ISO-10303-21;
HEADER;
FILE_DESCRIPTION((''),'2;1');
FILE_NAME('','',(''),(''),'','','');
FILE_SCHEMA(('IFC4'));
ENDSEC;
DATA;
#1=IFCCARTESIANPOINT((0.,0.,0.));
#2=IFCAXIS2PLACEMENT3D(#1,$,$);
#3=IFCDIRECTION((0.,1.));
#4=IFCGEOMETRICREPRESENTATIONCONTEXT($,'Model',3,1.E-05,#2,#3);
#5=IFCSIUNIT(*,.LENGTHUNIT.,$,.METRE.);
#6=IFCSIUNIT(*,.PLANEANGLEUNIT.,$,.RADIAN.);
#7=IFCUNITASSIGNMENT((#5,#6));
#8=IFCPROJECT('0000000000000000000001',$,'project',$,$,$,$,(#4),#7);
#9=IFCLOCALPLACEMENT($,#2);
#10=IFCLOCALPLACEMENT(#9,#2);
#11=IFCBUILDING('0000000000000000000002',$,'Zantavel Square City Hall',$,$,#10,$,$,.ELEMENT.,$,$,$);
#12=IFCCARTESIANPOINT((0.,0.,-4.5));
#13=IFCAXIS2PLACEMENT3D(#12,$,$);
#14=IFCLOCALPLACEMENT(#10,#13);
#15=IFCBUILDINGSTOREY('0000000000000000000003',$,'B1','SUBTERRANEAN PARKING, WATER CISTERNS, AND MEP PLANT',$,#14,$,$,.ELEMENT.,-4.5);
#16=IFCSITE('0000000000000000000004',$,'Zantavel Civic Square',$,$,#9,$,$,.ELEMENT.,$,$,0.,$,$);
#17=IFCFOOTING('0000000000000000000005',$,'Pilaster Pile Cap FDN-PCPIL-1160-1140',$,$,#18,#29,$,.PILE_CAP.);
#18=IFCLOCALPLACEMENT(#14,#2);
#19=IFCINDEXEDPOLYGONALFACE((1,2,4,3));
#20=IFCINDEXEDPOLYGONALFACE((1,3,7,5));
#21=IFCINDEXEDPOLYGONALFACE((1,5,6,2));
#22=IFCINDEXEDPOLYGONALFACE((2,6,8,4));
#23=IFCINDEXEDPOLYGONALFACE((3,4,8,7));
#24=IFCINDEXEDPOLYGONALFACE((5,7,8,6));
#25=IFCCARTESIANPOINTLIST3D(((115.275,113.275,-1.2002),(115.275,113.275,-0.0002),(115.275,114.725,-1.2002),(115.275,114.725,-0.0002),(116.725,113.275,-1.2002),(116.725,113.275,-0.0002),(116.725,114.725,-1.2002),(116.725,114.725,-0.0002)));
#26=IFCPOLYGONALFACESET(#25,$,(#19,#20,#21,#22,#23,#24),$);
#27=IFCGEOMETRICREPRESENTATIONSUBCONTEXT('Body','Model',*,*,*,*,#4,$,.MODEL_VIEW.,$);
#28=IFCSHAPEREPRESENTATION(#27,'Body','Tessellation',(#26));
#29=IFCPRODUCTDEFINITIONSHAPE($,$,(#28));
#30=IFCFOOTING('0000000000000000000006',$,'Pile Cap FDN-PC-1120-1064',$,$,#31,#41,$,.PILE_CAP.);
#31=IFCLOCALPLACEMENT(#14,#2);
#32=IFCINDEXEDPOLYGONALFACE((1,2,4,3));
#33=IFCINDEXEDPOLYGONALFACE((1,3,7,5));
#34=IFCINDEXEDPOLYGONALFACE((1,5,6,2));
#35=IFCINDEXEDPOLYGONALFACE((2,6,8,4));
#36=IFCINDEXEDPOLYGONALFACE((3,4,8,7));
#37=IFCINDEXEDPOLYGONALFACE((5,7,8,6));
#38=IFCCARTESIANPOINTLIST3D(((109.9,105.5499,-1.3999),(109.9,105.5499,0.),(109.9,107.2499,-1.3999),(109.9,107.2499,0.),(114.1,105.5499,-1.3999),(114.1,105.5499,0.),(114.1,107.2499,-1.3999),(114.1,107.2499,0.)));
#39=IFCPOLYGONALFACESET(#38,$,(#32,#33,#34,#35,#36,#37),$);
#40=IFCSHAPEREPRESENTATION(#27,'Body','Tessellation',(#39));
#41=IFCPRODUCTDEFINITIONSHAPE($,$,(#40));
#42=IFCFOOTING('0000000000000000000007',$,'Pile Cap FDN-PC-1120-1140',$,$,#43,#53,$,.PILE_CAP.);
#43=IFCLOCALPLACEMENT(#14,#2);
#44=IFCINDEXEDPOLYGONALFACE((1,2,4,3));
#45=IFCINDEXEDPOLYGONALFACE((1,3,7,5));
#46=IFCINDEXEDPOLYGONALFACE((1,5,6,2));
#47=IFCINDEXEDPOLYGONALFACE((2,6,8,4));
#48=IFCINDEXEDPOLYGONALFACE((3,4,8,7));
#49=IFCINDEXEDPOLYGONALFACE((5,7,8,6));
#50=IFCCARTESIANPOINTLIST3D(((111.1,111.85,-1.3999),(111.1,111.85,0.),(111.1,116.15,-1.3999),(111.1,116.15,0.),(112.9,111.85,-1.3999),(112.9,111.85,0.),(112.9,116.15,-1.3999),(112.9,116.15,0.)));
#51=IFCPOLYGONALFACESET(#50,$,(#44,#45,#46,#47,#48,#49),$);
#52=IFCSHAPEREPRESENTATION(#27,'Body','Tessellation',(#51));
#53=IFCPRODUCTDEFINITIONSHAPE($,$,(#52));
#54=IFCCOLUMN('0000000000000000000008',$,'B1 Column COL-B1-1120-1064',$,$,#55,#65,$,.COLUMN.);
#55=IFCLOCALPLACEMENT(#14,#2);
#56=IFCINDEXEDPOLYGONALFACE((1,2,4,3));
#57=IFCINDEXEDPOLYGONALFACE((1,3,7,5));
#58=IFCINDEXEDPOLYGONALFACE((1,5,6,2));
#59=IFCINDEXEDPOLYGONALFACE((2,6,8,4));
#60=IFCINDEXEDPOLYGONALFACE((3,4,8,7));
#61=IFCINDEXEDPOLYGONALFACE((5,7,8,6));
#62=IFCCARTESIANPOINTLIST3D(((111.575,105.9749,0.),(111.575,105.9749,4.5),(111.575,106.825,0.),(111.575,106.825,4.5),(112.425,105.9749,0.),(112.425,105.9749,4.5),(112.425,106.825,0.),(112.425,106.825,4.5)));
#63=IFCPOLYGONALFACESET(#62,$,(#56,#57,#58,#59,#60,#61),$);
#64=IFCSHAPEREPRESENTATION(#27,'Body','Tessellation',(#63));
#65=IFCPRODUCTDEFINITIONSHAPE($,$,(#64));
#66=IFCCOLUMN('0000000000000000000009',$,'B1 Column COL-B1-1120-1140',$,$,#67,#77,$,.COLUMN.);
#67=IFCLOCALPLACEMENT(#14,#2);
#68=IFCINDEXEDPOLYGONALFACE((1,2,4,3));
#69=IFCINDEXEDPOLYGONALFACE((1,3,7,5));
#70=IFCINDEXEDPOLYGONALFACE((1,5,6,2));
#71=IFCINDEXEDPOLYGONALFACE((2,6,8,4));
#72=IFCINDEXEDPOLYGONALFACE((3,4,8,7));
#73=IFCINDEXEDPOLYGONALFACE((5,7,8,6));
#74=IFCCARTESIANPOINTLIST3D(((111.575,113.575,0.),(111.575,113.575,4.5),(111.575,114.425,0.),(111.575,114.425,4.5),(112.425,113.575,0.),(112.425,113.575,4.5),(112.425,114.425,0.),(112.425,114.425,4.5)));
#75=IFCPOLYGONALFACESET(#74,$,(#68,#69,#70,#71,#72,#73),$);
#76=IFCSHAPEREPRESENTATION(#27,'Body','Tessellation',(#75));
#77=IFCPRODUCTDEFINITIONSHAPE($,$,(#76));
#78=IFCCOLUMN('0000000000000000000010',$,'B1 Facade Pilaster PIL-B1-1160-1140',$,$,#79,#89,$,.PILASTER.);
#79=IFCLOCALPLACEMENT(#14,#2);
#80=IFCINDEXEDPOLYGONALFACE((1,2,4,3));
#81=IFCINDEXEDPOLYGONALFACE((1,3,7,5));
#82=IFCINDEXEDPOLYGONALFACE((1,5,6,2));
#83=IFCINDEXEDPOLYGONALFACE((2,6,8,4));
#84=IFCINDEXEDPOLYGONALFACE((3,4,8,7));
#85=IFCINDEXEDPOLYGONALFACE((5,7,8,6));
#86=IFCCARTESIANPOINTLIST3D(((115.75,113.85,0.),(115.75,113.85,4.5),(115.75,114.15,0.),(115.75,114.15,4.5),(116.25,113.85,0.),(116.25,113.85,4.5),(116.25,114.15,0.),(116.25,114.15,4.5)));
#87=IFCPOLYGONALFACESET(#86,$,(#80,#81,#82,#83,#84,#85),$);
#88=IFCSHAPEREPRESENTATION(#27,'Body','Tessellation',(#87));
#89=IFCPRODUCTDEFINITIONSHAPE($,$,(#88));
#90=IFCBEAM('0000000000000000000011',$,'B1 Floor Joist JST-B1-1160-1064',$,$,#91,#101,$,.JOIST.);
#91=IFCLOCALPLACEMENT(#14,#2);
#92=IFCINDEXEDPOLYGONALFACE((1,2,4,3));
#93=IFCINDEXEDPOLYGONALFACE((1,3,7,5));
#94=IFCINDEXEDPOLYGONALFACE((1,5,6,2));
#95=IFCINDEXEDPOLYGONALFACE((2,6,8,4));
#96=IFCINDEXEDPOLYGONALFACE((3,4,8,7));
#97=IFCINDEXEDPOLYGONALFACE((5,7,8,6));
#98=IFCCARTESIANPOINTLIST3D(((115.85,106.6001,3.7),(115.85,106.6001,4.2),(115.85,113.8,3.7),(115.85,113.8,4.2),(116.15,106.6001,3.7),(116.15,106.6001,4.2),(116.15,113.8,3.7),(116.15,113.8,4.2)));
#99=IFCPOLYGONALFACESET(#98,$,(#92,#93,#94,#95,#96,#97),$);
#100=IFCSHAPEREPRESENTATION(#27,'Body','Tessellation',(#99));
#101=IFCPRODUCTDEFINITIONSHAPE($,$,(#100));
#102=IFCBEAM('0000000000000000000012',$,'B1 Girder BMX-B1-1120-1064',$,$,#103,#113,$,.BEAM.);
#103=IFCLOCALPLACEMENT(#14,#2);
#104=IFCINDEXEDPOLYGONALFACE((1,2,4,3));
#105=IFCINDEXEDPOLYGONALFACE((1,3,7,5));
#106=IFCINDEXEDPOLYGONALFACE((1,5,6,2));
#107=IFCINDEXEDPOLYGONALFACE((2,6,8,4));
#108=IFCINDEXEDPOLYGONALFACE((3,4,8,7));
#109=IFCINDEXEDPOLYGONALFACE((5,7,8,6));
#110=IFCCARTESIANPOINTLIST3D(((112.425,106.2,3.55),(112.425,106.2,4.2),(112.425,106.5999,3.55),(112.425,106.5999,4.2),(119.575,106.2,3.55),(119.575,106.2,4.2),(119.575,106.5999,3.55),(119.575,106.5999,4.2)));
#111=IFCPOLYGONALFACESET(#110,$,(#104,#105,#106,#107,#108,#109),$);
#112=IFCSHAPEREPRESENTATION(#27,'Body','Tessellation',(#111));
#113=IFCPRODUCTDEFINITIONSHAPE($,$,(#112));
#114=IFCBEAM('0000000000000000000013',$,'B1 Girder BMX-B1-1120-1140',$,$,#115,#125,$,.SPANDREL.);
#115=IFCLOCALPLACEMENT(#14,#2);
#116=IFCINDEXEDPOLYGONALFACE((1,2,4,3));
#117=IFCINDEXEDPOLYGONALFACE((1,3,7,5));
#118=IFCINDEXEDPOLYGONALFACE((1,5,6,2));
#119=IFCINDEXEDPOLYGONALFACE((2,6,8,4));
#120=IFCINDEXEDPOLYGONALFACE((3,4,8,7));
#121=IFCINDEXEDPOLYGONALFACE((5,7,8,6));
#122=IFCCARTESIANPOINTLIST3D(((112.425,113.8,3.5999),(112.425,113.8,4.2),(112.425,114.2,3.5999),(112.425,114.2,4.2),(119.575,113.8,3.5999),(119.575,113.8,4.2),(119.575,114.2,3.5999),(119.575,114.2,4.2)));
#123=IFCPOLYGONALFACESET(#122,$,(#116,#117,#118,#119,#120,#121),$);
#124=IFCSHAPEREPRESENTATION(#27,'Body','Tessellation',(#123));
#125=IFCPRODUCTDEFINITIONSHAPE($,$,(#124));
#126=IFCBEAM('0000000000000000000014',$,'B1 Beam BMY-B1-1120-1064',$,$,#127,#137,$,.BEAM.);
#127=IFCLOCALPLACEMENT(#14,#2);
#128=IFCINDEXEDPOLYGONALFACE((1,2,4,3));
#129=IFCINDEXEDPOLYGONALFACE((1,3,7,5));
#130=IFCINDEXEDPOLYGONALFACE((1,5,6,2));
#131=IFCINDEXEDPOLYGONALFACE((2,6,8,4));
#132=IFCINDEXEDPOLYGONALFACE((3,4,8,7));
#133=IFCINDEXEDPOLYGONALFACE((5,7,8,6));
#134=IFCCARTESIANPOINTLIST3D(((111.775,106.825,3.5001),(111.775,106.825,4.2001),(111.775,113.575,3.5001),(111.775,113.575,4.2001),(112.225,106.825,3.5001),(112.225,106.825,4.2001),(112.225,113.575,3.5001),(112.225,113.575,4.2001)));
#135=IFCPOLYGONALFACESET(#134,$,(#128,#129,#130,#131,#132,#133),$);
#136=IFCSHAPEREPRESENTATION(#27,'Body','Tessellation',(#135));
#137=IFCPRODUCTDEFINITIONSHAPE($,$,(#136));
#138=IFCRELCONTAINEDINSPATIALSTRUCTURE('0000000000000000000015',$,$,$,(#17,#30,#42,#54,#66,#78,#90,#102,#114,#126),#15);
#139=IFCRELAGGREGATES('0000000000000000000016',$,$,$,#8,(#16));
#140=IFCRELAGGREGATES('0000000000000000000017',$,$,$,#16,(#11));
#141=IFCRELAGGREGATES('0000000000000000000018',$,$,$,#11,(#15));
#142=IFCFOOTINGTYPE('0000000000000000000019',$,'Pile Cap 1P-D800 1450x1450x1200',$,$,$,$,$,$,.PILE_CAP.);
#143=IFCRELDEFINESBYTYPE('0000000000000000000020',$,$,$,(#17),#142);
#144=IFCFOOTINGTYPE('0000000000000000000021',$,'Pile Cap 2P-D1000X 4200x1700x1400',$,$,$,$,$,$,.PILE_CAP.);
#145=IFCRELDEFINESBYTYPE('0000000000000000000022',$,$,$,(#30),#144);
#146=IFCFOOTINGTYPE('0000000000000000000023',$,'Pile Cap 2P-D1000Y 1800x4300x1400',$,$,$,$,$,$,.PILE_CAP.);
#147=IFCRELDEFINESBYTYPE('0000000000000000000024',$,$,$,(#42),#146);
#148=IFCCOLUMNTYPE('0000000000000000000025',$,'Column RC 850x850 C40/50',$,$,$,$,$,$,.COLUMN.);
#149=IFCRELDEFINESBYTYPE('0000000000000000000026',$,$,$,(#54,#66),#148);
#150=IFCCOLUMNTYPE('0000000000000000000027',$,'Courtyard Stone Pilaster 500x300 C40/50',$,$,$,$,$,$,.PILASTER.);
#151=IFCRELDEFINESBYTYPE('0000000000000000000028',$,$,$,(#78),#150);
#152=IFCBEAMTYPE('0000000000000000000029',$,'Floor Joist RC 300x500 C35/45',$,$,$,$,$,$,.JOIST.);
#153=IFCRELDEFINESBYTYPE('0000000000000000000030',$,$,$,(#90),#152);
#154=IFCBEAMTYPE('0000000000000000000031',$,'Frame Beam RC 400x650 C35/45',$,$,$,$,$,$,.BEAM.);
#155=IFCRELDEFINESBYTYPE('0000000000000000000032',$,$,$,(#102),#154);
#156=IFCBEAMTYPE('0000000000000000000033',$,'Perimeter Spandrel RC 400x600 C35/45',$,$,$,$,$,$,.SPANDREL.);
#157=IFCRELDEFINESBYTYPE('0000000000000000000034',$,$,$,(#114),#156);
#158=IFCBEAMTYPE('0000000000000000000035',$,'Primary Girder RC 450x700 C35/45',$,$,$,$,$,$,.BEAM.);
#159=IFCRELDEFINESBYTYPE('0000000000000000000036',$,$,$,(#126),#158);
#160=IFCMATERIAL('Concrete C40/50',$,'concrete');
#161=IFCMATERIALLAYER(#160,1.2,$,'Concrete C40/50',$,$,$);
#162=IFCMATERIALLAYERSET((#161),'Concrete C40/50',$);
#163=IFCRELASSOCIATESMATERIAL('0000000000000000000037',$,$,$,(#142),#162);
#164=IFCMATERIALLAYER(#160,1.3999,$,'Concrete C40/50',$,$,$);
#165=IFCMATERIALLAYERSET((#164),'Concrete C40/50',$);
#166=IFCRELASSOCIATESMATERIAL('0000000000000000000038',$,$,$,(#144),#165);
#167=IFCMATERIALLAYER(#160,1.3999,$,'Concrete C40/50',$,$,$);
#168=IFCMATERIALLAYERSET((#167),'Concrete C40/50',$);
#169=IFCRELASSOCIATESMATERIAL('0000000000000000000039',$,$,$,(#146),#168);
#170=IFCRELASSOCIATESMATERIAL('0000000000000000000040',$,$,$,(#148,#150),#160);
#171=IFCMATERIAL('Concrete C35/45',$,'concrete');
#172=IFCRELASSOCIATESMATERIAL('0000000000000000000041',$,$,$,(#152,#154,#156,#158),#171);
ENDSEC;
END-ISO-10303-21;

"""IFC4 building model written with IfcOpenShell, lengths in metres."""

from ifc_helpers import new_model, si_unit, direction, frame, origin, origin_2d, place, context, subcontext, project, spatial, rectangle, extrude, material, layer, layer_set, material_profile, profile_set, type_object, element, save


model = new_model("IFC4")

# Units and contexts
model_context = context("Model", 3, precision=1e-05, world=origin(), true_north=direction((0.0, 1.0)))
body_context = subcontext(model_context, "Body", "Model", "MODEL_VIEW")
ifc_project = project(units=[si_unit("LENGTHUNIT", "METRE"), si_unit("PLANEANGLEUNIT", "RADIAN")], contexts=[model_context])

# Site, building, storey
site_placement = place(None, origin())
site = spatial("IfcSite", under=ifc_project, at=site_placement, Name="Zantavel Civic Square", CompositionType="ELEMENT", RefElevation=0.0)
building_placement = place(site_placement, origin())
building = spatial("IfcBuilding", under=site, at=building_placement, Name="Zantavel Square City Hall", CompositionType="ELEMENT")
storey_placement = place(building_placement, frame((0.0, 0.0, -4.5)))
storey = spatial("IfcBuildingStorey", under=building, at=storey_placement, Name="B1", Description="SUBTERRANEAN PARKING, WATER CISTERNS, AND MEP PLANT", CompositionType="ELEMENT", Elevation=-4.5)

# Shared definitions
ifc_material_1 = material(Name="Concrete C35/45", Category="concrete")

# Footings
ifc_material_2 = material(Name="Concrete C40/50", Category="concrete")
ifc_layer_1 = layer(ifc_material_2, 1.2, Name="Concrete C40/50")
ifc_layer_set_1 = layer_set([ifc_layer_1], Name="Concrete C40/50")
footing_type_1 = type_object("IfcFootingType", Name="Pile Cap 1P-D800 1450x1450x1200", PredefinedType="PILE_CAP", material=ifc_layer_set_1)
footing_1_placement = place(storey_placement, frame((116.0, 114.0, -1.2002), z_axis=(0.0, 0.0, 1.0), x_axis=(1.0, 0.0, 0.0)))
element("IfcFooting", 1, at=footing_1_placement, inside=storey, type_object=footing_type_1, Name="Pilaster Pile Cap FDN-PCPIL-1160-1140", PredefinedType="PILE_CAP", context=body_context, shape_type="SweptSolid", body=[
    extrude(rectangle(XDim=1.45, YDim=1.45, at=origin_2d()), origin(), (0.0, 0.0, 1.0), 1.2),
])
ifc_layer_2 = layer(ifc_material_2, 1.3999, Name="Concrete C40/50")
ifc_layer_set_2 = layer_set([ifc_layer_2], Name="Concrete C40/50")
footing_type_2 = type_object("IfcFootingType", Name="Pile Cap 2P-D1000X 4200x1700x1400", PredefinedType="PILE_CAP", material=ifc_layer_set_2)
footing_2_placement = place(storey_placement, frame((112.0, 106.3999, -1.3999), z_axis=(0.0, 0.0, 1.0), x_axis=(1.0, 0.0, 0.0)))
element("IfcFooting", 2, at=footing_2_placement, inside=storey, type_object=footing_type_2, Name="Pile Cap FDN-PC-1120-1064", PredefinedType="PILE_CAP", context=body_context, shape_type="SweptSolid", body=[
    extrude(rectangle(XDim=4.2, YDim=1.7, at=origin_2d()), origin(), (0.0, 0.0, 1.0), 1.3999),
])
ifc_layer_3 = layer(ifc_material_2, 1.3999, Name="Concrete C40/50")
ifc_layer_set_3 = layer_set([ifc_layer_3], Name="Concrete C40/50")
footing_type_3 = type_object("IfcFootingType", Name="Pile Cap 2P-D1000Y 1800x4300x1400", PredefinedType="PILE_CAP", material=ifc_layer_set_3)
footing_3_placement = place(storey_placement, frame((112.0, 114.0, -1.3999), z_axis=(0.0, 0.0, 1.0), x_axis=(1.0, 0.0, 0.0)))
element("IfcFooting", 3, at=footing_3_placement, inside=storey, type_object=footing_type_3, Name="Pile Cap FDN-PC-1120-1140", PredefinedType="PILE_CAP", context=body_context, shape_type="SweptSolid", body=[
    extrude(rectangle(XDim=1.8, YDim=4.3, at=origin_2d()), origin(), (0.0, 0.0, 1.0), 1.3999),
])

# Columns
ifc_material_profile_1 = material_profile(ifc_material_2, rectangle(XDim=0.8501, YDim=0.8501, at=origin_2d()), Name="RC 850x850")
ifc_profile_set_1 = profile_set([ifc_material_profile_1], Name="Concrete C40/50")
column_type_1 = type_object("IfcColumnType", Name="Column RC 850x850 C40/50", PredefinedType="COLUMN", material=ifc_profile_set_1)
for number, where, z_axis, x_axis, name in (
    (4, (112.0, 106.3999, 0.0), (0.0, 0.0, 1.0), (1.0, 0.0, 0.0), "B1 Column COL-B1-1120-1064"),
    (5, (112.0, 114.0, 0.0), (0.0, 0.0, 1.0), (1.0, 0.0, 0.0), "B1 Column COL-B1-1120-1140"),
):
    element("IfcColumn", number, at=place(storey_placement, frame(where, z_axis=z_axis, x_axis=x_axis)), inside=storey, type_object=column_type_1, Name=name, PredefinedType="COLUMN", context=body_context, shape_type="SweptSolid", body=[
        extrude(rectangle(XDim=0.8501, YDim=0.8501, at=origin_2d()), origin(), (0.0, 0.0, 1.0), 4.5),
    ])
ifc_material_profile_2 = material_profile(ifc_material_2, rectangle(XDim=0.5, YDim=0.3, at=origin_2d()), Name="RC 500x300")
ifc_profile_set_2 = profile_set([ifc_material_profile_2], Name="Concrete C40/50")
column_type_2 = type_object("IfcColumnType", Name="Courtyard Stone Pilaster 500x300 C40/50", PredefinedType="PILASTER", material=ifc_profile_set_2)
column_placement = place(storey_placement, frame((116.0, 114.0, 0.0), z_axis=(0.0, 0.0, 1.0), x_axis=(1.0, 0.0, 0.0)))
element("IfcColumn", 6, at=column_placement, inside=storey, type_object=column_type_2, Name="B1 Facade Pilaster PIL-B1-1160-1140", PredefinedType="PILASTER", context=body_context, shape_type="SweptSolid", body=[
    extrude(rectangle(XDim=0.5, YDim=0.3, at=origin_2d()), origin(), (0.0, 0.0, 1.0), 4.5),
])

# Beams
ifc_material_profile_3 = material_profile(ifc_material_1, rectangle(XDim=0.3, YDim=0.5, at=origin_2d()), Name="RC 300x500")
ifc_profile_set_3 = profile_set([ifc_material_profile_3], Name="Concrete C35/45")
beam_type_1 = type_object("IfcBeamType", Name="Floor Joist RC 300x500 C35/45", PredefinedType="JOIST", material=ifc_profile_set_3)
beam_1_placement = place(storey_placement, frame((116.0, 106.6001, 3.95), z_axis=(0.0, 1.0, 0.0), x_axis=(-1.0, 0.0, 0.0)))
element("IfcBeam", 7, at=beam_1_placement, inside=storey, type_object=beam_type_1, Name="B1 Floor Joist JST-B1-1160-1064", PredefinedType="JOIST", context=body_context, shape_type="SweptSolid", body=[
    extrude(rectangle(XDim=0.3, YDim=0.5, at=origin_2d()), origin(), (0.0, 0.0, 1.0), 7.2),
])
ifc_material_profile_4 = material_profile(ifc_material_1, rectangle(XDim=0.3999, YDim=0.6499, at=origin_2d()), Name="RC 400x650")
ifc_profile_set_4 = profile_set([ifc_material_profile_4], Name="Concrete C35/45")
beam_type_2 = type_object("IfcBeamType", Name="Frame Beam RC 400x650 C35/45", PredefinedType="BEAM", material=ifc_profile_set_4)
beam_2_placement = place(storey_placement, frame((112.425, 106.3999, 3.875), z_axis=(1.0, 0.0, 0.0), x_axis=(0.0, 1.0, 0.0)))
element("IfcBeam", 8, at=beam_2_placement, inside=storey, type_object=beam_type_2, Name="B1 Girder BMX-B1-1120-1064", PredefinedType="BEAM", context=body_context, shape_type="SweptSolid", body=[
    extrude(rectangle(XDim=0.3999, YDim=0.6499, at=origin_2d()), origin(), (0.0, 0.0, 1.0), 7.1499),
])
ifc_material_profile_5 = material_profile(ifc_material_1, rectangle(XDim=0.3999, YDim=0.6001, at=origin_2d()), Name="RC 400x600")
ifc_profile_set_5 = profile_set([ifc_material_profile_5], Name="Concrete C35/45")
beam_type_3 = type_object("IfcBeamType", Name="Perimeter Spandrel RC 400x600 C35/45", PredefinedType="SPANDREL", material=ifc_profile_set_5)
beam_3_placement = place(storey_placement, frame((112.425, 114.0, 3.8999), z_axis=(1.0, 0.0, 0.0), x_axis=(0.0, 1.0, 0.0)))
element("IfcBeam", 9, at=beam_3_placement, inside=storey, type_object=beam_type_3, Name="B1 Girder BMX-B1-1120-1140", PredefinedType="SPANDREL", context=body_context, shape_type="SweptSolid", body=[
    extrude(rectangle(XDim=0.3999, YDim=0.6001, at=origin_2d()), origin(), (0.0, 0.0, 1.0), 7.1499),
])
ifc_material_profile_6 = material_profile(ifc_material_1, rectangle(XDim=0.45, YDim=0.7, at=origin_2d()), Name="RC 450x700")
ifc_profile_set_6 = profile_set([ifc_material_profile_6], Name="Concrete C35/45")
beam_type_4 = type_object("IfcBeamType", Name="Primary Girder RC 450x700 C35/45", PredefinedType="BEAM", material=ifc_profile_set_6)
beam_4_placement = place(storey_placement, frame((112.0, 106.825, 3.8501), z_axis=(0.0, 1.0, 0.0), x_axis=(-1.0, 0.0, 0.0)))
element("IfcBeam", 10, at=beam_4_placement, inside=storey, type_object=beam_type_4, Name="B1 Beam BMY-B1-1120-1064", PredefinedType="BEAM", context=body_context, shape_type="SweptSolid", body=[
    extrude(rectangle(XDim=0.45, YDim=0.7, at=origin_2d()), origin(), (0.0, 0.0, 1.0), 6.75),
])

save(model, "model.ifc")
